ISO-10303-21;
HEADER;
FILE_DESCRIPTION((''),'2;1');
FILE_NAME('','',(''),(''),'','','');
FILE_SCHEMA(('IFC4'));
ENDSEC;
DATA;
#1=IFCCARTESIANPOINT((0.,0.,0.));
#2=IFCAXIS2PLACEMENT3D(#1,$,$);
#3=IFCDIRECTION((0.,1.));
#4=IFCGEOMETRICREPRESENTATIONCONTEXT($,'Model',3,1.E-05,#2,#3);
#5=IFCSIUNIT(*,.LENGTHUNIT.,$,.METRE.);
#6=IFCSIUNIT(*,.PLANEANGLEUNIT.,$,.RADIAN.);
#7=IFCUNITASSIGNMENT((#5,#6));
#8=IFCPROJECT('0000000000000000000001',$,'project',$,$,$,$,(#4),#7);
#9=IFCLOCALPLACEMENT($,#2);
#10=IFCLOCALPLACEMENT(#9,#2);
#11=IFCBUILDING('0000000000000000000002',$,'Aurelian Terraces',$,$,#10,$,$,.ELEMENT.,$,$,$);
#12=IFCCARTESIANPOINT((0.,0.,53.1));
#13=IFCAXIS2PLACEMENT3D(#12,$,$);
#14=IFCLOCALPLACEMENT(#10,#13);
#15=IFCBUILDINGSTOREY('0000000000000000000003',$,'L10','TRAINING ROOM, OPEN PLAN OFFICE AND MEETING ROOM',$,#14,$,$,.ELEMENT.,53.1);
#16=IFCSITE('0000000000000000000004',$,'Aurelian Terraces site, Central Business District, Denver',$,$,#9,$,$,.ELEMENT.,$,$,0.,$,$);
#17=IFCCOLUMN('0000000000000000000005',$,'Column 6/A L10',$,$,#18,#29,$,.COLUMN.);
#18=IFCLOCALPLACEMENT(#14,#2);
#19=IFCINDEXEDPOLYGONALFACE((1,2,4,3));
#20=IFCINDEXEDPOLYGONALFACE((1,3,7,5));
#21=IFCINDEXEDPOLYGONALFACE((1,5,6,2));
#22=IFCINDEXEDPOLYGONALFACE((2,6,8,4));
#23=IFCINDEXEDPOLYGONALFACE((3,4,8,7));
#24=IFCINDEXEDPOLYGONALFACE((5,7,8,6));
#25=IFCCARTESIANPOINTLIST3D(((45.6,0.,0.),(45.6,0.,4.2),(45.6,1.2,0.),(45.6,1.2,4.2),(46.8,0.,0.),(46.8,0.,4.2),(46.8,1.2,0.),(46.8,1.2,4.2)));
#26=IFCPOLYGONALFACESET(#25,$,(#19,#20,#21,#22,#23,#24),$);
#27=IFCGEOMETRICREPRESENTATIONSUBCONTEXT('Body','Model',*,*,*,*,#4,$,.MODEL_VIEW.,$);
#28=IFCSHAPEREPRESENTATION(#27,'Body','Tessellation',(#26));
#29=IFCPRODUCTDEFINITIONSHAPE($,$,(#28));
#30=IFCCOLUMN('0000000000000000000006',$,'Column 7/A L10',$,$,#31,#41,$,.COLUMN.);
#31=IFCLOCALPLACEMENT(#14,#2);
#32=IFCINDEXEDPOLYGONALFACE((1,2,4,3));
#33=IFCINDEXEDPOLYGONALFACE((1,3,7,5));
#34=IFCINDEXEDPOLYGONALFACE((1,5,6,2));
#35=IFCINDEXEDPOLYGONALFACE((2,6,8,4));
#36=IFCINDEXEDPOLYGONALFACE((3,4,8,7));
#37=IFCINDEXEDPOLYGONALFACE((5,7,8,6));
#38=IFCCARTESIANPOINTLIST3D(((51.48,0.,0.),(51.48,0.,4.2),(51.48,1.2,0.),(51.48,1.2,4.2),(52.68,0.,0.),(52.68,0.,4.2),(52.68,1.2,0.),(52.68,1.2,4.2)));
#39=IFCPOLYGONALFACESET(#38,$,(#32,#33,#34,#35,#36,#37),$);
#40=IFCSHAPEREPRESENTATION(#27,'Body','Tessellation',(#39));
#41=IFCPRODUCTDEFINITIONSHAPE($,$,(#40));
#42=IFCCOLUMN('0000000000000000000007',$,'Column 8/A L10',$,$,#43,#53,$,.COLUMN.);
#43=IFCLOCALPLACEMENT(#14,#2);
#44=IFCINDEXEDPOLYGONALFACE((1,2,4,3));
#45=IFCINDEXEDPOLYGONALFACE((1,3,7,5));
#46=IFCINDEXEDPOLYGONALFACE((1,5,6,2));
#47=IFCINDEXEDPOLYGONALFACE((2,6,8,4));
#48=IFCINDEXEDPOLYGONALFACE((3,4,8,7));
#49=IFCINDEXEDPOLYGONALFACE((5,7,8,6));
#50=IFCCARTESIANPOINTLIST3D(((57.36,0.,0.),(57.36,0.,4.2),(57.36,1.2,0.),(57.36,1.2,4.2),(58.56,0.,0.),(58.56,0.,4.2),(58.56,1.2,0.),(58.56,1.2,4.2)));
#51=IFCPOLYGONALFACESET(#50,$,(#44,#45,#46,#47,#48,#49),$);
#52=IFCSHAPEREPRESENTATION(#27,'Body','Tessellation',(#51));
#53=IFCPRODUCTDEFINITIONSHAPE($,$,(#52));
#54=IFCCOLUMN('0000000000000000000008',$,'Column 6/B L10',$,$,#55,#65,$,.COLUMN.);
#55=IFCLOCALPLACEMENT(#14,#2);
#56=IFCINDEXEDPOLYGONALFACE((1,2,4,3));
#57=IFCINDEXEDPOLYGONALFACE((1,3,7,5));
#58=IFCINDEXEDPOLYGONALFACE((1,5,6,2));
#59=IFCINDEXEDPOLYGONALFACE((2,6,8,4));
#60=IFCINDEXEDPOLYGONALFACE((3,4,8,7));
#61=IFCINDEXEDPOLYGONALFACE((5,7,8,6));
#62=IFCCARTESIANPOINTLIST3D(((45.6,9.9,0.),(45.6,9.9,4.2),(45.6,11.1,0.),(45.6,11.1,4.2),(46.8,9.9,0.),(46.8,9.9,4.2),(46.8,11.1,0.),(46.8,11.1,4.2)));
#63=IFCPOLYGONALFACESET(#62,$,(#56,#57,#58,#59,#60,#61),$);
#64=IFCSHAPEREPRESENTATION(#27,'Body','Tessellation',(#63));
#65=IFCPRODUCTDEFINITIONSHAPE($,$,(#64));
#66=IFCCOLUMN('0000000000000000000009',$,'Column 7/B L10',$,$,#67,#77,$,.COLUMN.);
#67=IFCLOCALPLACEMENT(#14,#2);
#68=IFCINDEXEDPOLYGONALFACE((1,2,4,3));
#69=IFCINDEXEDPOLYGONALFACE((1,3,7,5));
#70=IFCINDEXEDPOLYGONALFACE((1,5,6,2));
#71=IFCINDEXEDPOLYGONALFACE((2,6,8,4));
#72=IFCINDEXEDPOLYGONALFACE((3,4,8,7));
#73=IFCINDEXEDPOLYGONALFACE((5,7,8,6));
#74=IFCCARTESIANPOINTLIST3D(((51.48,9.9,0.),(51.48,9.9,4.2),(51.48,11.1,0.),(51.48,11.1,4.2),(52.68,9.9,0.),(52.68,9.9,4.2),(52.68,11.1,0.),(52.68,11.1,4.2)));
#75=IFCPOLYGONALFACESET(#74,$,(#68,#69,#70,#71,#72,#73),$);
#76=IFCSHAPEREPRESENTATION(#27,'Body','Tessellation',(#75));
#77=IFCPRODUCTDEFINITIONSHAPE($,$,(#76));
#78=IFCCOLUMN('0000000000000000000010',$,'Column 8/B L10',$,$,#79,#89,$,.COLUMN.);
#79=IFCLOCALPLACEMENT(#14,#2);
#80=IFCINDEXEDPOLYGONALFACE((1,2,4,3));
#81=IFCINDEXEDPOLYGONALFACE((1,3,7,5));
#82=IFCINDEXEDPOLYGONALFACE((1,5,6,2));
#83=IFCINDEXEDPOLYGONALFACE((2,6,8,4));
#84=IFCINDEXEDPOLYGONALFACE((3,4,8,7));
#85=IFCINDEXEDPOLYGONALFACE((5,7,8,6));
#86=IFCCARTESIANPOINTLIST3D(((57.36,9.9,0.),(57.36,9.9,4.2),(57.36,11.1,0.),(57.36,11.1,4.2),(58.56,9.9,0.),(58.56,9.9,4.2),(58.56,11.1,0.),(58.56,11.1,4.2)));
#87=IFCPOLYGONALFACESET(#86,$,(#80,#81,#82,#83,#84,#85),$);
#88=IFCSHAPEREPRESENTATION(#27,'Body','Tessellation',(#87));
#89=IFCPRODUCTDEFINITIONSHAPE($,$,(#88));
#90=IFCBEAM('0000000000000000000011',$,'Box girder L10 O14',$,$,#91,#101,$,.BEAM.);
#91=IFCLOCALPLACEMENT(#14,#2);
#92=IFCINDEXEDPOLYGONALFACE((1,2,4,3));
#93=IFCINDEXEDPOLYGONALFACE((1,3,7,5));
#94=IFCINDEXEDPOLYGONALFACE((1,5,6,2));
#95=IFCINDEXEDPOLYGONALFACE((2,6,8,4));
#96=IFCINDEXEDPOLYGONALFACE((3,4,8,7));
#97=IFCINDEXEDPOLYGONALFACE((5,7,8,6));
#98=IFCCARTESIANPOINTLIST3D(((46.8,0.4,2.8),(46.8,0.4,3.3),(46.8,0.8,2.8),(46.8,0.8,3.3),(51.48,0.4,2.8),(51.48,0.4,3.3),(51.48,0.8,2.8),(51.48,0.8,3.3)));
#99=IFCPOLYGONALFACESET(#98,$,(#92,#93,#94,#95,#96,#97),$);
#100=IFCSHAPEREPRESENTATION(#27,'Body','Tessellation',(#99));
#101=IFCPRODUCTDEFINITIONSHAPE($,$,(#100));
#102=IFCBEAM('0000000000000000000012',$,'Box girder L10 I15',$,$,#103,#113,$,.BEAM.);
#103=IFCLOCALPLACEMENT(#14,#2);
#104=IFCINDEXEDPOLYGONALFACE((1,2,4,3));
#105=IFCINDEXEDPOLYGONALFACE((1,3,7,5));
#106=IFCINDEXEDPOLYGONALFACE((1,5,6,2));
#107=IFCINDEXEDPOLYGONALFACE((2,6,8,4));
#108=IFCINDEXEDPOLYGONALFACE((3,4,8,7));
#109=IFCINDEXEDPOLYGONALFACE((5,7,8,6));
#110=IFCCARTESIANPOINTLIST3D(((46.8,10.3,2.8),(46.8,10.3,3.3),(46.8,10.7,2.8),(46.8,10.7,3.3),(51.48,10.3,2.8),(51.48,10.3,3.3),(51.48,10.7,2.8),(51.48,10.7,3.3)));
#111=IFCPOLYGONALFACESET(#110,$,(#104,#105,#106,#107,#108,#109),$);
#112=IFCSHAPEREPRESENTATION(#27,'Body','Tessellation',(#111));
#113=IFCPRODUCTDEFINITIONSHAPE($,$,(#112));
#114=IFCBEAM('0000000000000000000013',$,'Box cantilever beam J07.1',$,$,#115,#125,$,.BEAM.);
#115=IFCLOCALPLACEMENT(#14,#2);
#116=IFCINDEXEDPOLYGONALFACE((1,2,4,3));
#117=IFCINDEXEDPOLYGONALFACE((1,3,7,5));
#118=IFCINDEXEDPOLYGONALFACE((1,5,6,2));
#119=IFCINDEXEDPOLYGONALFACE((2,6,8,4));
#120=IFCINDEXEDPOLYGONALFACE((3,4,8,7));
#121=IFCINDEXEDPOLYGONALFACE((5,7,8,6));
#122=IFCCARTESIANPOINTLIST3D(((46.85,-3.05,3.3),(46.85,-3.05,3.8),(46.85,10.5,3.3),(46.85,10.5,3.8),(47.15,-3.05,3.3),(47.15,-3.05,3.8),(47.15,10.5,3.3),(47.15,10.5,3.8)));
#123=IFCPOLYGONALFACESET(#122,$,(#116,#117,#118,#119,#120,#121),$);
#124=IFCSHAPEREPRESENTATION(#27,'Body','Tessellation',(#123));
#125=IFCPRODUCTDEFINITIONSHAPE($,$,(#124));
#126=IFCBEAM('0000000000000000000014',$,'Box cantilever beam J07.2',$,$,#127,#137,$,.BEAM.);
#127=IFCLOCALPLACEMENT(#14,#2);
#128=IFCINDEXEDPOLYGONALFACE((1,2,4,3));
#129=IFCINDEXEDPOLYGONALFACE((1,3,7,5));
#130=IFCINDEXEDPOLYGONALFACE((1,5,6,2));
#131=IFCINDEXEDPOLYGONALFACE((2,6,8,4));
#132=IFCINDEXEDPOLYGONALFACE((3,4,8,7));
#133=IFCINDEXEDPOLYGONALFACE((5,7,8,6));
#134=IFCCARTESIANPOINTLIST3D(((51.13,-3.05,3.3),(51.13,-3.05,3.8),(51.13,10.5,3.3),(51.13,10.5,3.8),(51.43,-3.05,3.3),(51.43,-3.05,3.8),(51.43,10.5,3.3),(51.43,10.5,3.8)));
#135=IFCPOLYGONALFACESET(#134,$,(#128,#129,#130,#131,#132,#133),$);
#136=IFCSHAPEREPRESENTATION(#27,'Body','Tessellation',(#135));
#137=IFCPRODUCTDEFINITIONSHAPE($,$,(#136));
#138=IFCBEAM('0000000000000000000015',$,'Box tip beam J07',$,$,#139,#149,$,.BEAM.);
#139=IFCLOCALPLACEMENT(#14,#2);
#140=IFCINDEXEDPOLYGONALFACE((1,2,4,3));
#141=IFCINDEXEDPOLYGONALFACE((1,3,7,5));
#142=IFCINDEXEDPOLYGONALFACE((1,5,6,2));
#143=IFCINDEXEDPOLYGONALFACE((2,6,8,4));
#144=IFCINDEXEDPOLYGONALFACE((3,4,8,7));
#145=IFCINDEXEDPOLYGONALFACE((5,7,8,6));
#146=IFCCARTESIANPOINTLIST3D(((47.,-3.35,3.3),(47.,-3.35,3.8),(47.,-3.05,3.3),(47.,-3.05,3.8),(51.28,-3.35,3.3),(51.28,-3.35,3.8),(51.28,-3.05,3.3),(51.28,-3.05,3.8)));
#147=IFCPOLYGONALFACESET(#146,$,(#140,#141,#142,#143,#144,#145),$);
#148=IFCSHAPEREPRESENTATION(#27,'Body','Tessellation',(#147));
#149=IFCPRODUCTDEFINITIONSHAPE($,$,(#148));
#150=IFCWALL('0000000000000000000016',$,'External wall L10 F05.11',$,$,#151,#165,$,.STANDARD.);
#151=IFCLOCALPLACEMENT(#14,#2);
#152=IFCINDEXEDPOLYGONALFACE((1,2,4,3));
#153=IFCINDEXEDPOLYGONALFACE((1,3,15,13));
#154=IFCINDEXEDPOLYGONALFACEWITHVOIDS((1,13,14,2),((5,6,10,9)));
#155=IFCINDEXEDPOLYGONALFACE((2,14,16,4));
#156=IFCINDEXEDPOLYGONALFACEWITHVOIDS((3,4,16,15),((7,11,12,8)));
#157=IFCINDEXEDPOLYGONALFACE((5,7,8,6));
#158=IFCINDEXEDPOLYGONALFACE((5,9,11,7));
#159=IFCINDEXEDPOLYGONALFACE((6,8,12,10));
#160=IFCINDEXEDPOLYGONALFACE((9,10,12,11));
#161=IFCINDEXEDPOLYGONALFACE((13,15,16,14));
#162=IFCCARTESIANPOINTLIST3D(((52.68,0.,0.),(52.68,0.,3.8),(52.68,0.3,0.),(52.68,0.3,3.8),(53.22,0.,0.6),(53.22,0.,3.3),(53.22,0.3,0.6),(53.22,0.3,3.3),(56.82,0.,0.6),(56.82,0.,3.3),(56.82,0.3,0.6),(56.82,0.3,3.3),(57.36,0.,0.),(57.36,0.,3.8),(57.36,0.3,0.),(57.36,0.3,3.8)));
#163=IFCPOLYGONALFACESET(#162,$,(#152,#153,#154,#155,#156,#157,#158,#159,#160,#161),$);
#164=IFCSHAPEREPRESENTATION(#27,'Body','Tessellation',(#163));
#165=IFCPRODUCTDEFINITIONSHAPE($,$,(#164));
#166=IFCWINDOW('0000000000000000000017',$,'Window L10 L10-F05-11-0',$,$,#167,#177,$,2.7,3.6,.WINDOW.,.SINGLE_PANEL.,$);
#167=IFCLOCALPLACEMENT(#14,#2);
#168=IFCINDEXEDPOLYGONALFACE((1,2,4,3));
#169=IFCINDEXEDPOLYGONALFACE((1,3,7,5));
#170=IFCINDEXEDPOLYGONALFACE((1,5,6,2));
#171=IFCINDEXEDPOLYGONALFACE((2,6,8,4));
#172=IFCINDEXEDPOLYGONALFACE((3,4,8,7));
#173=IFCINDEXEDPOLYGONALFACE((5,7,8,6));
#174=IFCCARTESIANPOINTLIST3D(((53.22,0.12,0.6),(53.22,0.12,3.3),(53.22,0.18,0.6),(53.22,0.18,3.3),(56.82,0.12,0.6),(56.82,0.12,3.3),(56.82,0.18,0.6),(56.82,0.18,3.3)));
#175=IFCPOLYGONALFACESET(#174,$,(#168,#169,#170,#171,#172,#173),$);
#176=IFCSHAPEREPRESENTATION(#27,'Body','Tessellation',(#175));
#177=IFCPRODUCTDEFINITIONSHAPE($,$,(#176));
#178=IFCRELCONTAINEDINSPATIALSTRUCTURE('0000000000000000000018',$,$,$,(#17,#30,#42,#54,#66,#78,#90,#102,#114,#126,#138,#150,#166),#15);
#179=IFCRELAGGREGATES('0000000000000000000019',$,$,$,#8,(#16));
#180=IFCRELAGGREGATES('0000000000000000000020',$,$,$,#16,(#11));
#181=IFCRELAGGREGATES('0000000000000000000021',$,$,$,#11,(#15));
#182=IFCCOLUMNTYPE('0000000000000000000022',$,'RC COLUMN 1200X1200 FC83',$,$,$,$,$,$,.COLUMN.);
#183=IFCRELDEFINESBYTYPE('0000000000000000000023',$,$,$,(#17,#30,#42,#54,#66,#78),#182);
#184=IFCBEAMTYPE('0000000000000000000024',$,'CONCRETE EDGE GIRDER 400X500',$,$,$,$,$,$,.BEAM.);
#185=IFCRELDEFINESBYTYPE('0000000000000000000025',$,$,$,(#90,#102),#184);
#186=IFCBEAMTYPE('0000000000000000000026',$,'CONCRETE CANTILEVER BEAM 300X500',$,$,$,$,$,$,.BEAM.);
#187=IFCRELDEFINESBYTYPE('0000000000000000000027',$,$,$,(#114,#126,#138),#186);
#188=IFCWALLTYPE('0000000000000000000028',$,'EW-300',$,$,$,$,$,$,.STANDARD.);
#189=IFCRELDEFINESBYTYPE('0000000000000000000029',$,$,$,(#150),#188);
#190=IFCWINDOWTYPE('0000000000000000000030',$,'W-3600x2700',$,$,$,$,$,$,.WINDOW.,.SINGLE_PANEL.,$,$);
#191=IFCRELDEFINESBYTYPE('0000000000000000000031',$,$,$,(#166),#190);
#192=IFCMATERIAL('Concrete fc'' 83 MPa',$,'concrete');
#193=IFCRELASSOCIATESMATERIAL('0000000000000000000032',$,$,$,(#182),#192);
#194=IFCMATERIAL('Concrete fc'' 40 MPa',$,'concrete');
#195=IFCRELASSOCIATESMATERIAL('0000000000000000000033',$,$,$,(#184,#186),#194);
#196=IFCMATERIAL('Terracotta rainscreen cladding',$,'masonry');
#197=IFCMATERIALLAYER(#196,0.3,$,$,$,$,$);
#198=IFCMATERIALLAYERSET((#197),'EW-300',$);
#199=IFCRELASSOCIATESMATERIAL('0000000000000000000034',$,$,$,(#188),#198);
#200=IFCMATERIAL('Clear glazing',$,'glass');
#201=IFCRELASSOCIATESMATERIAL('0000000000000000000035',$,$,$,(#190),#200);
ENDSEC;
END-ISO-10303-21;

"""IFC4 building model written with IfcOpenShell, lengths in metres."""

from ifc_helpers import new_model, si_unit, direction, frame, frame_2d, origin, origin_2d, place, context, subcontext, project, spatial, rectangle, extrude, source, transform, mapped, material, layer, layer_set, material_profile, profile_set, type_object, element, fill, save


model = new_model("IFC4")

# Units and contexts
model_context = context("Model", 3, precision=1e-05, world=origin(), true_north=direction((0.0, 1.0)))
body_context = subcontext(model_context, "Body", "Model", "MODEL_VIEW")
ifc_project = project(units=[si_unit("LENGTHUNIT", "METRE"), si_unit("PLANEANGLEUNIT", "RADIAN")], contexts=[model_context])

# Site, building, storey
site_placement = place(None, origin())
site = spatial("IfcSite", under=ifc_project, at=site_placement, Name="Aurelian Terraces site, Central Business District, Denver", CompositionType="ELEMENT", RefElevation=0.0)
building_placement = place(site_placement, origin())
building = spatial("IfcBuilding", under=site, at=building_placement, Name="Aurelian Terraces", CompositionType="ELEMENT")
storey_placement = place(building_placement, frame((0.0, 0.0, 53.1)))
storey = spatial("IfcBuildingStorey", under=building, at=storey_placement, Name="L10", Description="TRAINING ROOM, OPEN PLAN OFFICE AND MEETING ROOM", CompositionType="ELEMENT", Elevation=53.1)

# Columns
ifc_material_1 = material(Name="Concrete fc' 83 MPa", Category="concrete")
ifc_material_profile_1 = material_profile(ifc_material_1, rectangle(XDim=1.2, YDim=1.2, at=origin_2d()))
ifc_profile_set_1 = profile_set([ifc_material_profile_1], Name="Concrete fc' 83 MPa")
column_type = type_object("IfcColumnType", Name="RC COLUMN 1200X1200 FC83", PredefinedType="COLUMN", material=ifc_profile_set_1)
shared_shape_1 = source(origin(), body_context, "Body", "SweptSolid", [
    extrude(rectangle(XDim=1.2, YDim=1.2, at=origin_2d()), origin(), (0.0, 0.0, 1.0), 4.2),
])
for number, where, z_axis, x_axis, name in (
    (1, (46.2, 0.6, 0.0), (0.0, 0.0, 1.0), (1.0, 0.0, 0.0), "Column 6/A L10"),
    (2, (52.08, 0.6, 0.0), (0.0, 0.0, 1.0), (1.0, 0.0, 0.0), "Column 7/A L10"),
    (3, (57.96, 0.6, 0.0), (0.0, 0.0, 1.0), (1.0, 0.0, 0.0), "Column 8/A L10"),
    (4, (46.2, 10.5, 0.0), (0.0, 0.0, 1.0), (1.0, 0.0, 0.0), "Column 6/B L10"),
    (5, (52.08, 10.5, 0.0), (0.0, 0.0, 1.0), (1.0, 0.0, 0.0), "Column 7/B L10"),
    (6, (57.96, 10.5, 0.0), (0.0, 0.0, 1.0), (1.0, 0.0, 0.0), "Column 8/B L10"),
):
    element("IfcColumn", number, at=place(storey_placement, frame(where, z_axis=z_axis, x_axis=x_axis)), inside=storey, type_object=column_type, Name=name, PredefinedType="COLUMN", context=body_context, shape_type="MappedRepresentation", body=[
        mapped(shared_shape_1, transform((0.0, 0.0, 0.0), scale=1.0)),
    ])

# Beams
ifc_material_2 = material(Name="Concrete fc' 40 MPa", Category="concrete")
ifc_material_profile_2 = material_profile(ifc_material_2, rectangle(XDim=0.4, YDim=0.5, at=origin_2d()))
ifc_profile_set_2 = profile_set([ifc_material_profile_2], Name="Concrete fc' 40 MPa")
beam_type_1 = type_object("IfcBeamType", Name="CONCRETE EDGE GIRDER 400X500", PredefinedType="BEAM", material=ifc_profile_set_2)
shared_shape_2 = source(origin(), body_context, "Body", "SweptSolid", [
    extrude(rectangle(XDim=0.4, YDim=0.5, at=origin_2d()), origin(), (0.0, 0.0, 1.0), 4.68),
])
for number, where, z_axis, x_axis, name in (
    (7, (46.8, 0.6, 3.05), (1.0, 0.0, 0.0), (0.0, 1.0, 0.0), "Box girder L10 O14"),
    (8, (46.8, 10.5, 3.05), (1.0, 0.0, 0.0), (0.0, 1.0, 0.0), "Box girder L10 I15"),
):
    element("IfcBeam", number, at=place(storey_placement, frame(where, z_axis=z_axis, x_axis=x_axis)), inside=storey, type_object=beam_type_1, Name=name, PredefinedType="BEAM", context=body_context, shape_type="MappedRepresentation", body=[
        mapped(shared_shape_2, transform((0.0, 0.0, 0.0), scale=1.0)),
    ])
ifc_material_profile_3 = material_profile(ifc_material_2, rectangle(XDim=0.3, YDim=0.5, at=origin_2d()))
ifc_profile_set_3 = profile_set([ifc_material_profile_3], Name="Concrete fc' 40 MPa")
beam_type_2 = type_object("IfcBeamType", Name="CONCRETE CANTILEVER BEAM 300X500", PredefinedType="BEAM", material=ifc_profile_set_3)
shared_shape_3 = source(origin(), body_context, "Body", "SweptSolid", [
    extrude(rectangle(XDim=0.3, YDim=0.5, at=origin_2d()), origin(), (0.0, 0.0, 1.0), 13.55),
])
for number, where, z_axis, x_axis, name in (
    (9, (47.0, -3.05, 3.55), (0.0, 1.0, 0.0), (-1.0, 0.0, 0.0), "Box cantilever beam J07.1"),
    (10, (51.28, -3.05, 3.55), (0.0, 1.0, 0.0), (-1.0, 0.0, 0.0), "Box cantilever beam J07.2"),
):
    element("IfcBeam", number, at=place(storey_placement, frame(where, z_axis=z_axis, x_axis=x_axis)), inside=storey, type_object=beam_type_2, Name=name, PredefinedType="BEAM", context=body_context, shape_type="MappedRepresentation", body=[
        mapped(shared_shape_3, transform((0.0, 0.0, 0.0), scale=1.0)),
    ])
shared_shape_4 = source(origin(), body_context, "Body", "SweptSolid", [
    extrude(rectangle(XDim=0.3, YDim=0.5, at=origin_2d()), origin(), (0.0, 0.0, 1.0), 4.28),
])
beam_placement = place(storey_placement, frame((47.0, -3.2, 3.55), z_axis=(1.0, 0.0, 0.0), x_axis=(0.0, 1.0, 0.0)))
element("IfcBeam", 11, at=beam_placement, inside=storey, type_object=beam_type_2, Name="Box tip beam J07", PredefinedType="BEAM", context=body_context, shape_type="MappedRepresentation", body=[
    mapped(shared_shape_4, transform((0.0, 0.0, 0.0), scale=1.0)),
])

# Wall, opening, window
ifc_material_3 = material(Name="Terracotta rainscreen cladding", Category="masonry")
ifc_layer_1 = layer(ifc_material_3, 0.3)
ifc_layer_set_1 = layer_set([ifc_layer_1], Name="EW-300")
wall_type_1 = type_object("IfcWallType", Name="EW-300", PredefinedType="STANDARD", material=ifc_layer_set_1)
shared_shape_5 = source(origin(), body_context, "Body", "SweptSolid", [
    extrude(rectangle(XDim=4.68, YDim=0.3, at=frame_2d((2.34, 0.0))), origin(), (0.0, 0.0, 1.0), 3.8),
])
wall_1_placement = place(storey_placement, frame((52.68, 0.15, 0.0), z_axis=(0.0, 0.0, 1.0), x_axis=(1.0, 0.0, 0.0)))
wall_1 = element("IfcWall", 12, at=wall_1_placement, inside=storey, type_object=wall_type_1, Name="External wall L10 F05.11", PredefinedType="STANDARD", context=body_context, shape_type="MappedRepresentation", body=[
    mapped(shared_shape_5, transform((0.0, 0.0, 0.0), scale=1.0)),
])
shared_shape_6 = source(origin(), body_context, "Body", "SweptSolid", [
    extrude(rectangle(XDim=3.6, YDim=2.7, at=frame_2d((1.8, 1.35))), frame((0.0, 0.16, 0.0), z_axis=(0.0, -1.0, 0.0), x_axis=(1.0, 0.0, 0.0)), (0.0, 0.0, 1.0), 0.32),
])
opening_1_placement = place(wall_1_placement, frame((0.54, 0.0, 0.6)))
opening_1 = element("IfcOpeningElement", 13, at=opening_1_placement, cuts=wall_1, PredefinedType="OPENING", context=body_context, shape_type="MappedRepresentation", body=[
    mapped(shared_shape_6, transform((0.0, 0.0, 0.0), scale=1.0)),
])
ifc_material_4 = material(Name="Clear glazing", Category="glass")
window_type = type_object("IfcWindowType", Name="W-3600x2700", PartitioningType="SINGLE_PANEL", PredefinedType="WINDOW", material=ifc_material_4)
shared_shape_7 = source(origin(), body_context, "Body", "SweptSolid", [
    extrude(rectangle(XDim=3.6, YDim=2.7, at=frame_2d((1.8, 1.35))), frame((0.0, 0.03, 0.0), z_axis=(0.0, -1.0, 0.0), x_axis=(1.0, 0.0, 0.0)), (0.0, 0.0, 1.0), 0.06),
])
window_1_placement = place(opening_1_placement, origin())
window_1 = element("IfcWindow", 14, at=window_1_placement, inside=storey, type_object=window_type, Name="Window L10 L10-F05-11-0", OverallHeight=2.7, OverallWidth=3.6, PartitioningType="SINGLE_PANEL", PredefinedType="WINDOW", context=body_context, shape_type="MappedRepresentation", body=[
    mapped(shared_shape_7, transform((0.0, 0.0, 0.0), scale=1.0)),
])
fill(opening_1, window_1)

save(model, "model.ifc")
